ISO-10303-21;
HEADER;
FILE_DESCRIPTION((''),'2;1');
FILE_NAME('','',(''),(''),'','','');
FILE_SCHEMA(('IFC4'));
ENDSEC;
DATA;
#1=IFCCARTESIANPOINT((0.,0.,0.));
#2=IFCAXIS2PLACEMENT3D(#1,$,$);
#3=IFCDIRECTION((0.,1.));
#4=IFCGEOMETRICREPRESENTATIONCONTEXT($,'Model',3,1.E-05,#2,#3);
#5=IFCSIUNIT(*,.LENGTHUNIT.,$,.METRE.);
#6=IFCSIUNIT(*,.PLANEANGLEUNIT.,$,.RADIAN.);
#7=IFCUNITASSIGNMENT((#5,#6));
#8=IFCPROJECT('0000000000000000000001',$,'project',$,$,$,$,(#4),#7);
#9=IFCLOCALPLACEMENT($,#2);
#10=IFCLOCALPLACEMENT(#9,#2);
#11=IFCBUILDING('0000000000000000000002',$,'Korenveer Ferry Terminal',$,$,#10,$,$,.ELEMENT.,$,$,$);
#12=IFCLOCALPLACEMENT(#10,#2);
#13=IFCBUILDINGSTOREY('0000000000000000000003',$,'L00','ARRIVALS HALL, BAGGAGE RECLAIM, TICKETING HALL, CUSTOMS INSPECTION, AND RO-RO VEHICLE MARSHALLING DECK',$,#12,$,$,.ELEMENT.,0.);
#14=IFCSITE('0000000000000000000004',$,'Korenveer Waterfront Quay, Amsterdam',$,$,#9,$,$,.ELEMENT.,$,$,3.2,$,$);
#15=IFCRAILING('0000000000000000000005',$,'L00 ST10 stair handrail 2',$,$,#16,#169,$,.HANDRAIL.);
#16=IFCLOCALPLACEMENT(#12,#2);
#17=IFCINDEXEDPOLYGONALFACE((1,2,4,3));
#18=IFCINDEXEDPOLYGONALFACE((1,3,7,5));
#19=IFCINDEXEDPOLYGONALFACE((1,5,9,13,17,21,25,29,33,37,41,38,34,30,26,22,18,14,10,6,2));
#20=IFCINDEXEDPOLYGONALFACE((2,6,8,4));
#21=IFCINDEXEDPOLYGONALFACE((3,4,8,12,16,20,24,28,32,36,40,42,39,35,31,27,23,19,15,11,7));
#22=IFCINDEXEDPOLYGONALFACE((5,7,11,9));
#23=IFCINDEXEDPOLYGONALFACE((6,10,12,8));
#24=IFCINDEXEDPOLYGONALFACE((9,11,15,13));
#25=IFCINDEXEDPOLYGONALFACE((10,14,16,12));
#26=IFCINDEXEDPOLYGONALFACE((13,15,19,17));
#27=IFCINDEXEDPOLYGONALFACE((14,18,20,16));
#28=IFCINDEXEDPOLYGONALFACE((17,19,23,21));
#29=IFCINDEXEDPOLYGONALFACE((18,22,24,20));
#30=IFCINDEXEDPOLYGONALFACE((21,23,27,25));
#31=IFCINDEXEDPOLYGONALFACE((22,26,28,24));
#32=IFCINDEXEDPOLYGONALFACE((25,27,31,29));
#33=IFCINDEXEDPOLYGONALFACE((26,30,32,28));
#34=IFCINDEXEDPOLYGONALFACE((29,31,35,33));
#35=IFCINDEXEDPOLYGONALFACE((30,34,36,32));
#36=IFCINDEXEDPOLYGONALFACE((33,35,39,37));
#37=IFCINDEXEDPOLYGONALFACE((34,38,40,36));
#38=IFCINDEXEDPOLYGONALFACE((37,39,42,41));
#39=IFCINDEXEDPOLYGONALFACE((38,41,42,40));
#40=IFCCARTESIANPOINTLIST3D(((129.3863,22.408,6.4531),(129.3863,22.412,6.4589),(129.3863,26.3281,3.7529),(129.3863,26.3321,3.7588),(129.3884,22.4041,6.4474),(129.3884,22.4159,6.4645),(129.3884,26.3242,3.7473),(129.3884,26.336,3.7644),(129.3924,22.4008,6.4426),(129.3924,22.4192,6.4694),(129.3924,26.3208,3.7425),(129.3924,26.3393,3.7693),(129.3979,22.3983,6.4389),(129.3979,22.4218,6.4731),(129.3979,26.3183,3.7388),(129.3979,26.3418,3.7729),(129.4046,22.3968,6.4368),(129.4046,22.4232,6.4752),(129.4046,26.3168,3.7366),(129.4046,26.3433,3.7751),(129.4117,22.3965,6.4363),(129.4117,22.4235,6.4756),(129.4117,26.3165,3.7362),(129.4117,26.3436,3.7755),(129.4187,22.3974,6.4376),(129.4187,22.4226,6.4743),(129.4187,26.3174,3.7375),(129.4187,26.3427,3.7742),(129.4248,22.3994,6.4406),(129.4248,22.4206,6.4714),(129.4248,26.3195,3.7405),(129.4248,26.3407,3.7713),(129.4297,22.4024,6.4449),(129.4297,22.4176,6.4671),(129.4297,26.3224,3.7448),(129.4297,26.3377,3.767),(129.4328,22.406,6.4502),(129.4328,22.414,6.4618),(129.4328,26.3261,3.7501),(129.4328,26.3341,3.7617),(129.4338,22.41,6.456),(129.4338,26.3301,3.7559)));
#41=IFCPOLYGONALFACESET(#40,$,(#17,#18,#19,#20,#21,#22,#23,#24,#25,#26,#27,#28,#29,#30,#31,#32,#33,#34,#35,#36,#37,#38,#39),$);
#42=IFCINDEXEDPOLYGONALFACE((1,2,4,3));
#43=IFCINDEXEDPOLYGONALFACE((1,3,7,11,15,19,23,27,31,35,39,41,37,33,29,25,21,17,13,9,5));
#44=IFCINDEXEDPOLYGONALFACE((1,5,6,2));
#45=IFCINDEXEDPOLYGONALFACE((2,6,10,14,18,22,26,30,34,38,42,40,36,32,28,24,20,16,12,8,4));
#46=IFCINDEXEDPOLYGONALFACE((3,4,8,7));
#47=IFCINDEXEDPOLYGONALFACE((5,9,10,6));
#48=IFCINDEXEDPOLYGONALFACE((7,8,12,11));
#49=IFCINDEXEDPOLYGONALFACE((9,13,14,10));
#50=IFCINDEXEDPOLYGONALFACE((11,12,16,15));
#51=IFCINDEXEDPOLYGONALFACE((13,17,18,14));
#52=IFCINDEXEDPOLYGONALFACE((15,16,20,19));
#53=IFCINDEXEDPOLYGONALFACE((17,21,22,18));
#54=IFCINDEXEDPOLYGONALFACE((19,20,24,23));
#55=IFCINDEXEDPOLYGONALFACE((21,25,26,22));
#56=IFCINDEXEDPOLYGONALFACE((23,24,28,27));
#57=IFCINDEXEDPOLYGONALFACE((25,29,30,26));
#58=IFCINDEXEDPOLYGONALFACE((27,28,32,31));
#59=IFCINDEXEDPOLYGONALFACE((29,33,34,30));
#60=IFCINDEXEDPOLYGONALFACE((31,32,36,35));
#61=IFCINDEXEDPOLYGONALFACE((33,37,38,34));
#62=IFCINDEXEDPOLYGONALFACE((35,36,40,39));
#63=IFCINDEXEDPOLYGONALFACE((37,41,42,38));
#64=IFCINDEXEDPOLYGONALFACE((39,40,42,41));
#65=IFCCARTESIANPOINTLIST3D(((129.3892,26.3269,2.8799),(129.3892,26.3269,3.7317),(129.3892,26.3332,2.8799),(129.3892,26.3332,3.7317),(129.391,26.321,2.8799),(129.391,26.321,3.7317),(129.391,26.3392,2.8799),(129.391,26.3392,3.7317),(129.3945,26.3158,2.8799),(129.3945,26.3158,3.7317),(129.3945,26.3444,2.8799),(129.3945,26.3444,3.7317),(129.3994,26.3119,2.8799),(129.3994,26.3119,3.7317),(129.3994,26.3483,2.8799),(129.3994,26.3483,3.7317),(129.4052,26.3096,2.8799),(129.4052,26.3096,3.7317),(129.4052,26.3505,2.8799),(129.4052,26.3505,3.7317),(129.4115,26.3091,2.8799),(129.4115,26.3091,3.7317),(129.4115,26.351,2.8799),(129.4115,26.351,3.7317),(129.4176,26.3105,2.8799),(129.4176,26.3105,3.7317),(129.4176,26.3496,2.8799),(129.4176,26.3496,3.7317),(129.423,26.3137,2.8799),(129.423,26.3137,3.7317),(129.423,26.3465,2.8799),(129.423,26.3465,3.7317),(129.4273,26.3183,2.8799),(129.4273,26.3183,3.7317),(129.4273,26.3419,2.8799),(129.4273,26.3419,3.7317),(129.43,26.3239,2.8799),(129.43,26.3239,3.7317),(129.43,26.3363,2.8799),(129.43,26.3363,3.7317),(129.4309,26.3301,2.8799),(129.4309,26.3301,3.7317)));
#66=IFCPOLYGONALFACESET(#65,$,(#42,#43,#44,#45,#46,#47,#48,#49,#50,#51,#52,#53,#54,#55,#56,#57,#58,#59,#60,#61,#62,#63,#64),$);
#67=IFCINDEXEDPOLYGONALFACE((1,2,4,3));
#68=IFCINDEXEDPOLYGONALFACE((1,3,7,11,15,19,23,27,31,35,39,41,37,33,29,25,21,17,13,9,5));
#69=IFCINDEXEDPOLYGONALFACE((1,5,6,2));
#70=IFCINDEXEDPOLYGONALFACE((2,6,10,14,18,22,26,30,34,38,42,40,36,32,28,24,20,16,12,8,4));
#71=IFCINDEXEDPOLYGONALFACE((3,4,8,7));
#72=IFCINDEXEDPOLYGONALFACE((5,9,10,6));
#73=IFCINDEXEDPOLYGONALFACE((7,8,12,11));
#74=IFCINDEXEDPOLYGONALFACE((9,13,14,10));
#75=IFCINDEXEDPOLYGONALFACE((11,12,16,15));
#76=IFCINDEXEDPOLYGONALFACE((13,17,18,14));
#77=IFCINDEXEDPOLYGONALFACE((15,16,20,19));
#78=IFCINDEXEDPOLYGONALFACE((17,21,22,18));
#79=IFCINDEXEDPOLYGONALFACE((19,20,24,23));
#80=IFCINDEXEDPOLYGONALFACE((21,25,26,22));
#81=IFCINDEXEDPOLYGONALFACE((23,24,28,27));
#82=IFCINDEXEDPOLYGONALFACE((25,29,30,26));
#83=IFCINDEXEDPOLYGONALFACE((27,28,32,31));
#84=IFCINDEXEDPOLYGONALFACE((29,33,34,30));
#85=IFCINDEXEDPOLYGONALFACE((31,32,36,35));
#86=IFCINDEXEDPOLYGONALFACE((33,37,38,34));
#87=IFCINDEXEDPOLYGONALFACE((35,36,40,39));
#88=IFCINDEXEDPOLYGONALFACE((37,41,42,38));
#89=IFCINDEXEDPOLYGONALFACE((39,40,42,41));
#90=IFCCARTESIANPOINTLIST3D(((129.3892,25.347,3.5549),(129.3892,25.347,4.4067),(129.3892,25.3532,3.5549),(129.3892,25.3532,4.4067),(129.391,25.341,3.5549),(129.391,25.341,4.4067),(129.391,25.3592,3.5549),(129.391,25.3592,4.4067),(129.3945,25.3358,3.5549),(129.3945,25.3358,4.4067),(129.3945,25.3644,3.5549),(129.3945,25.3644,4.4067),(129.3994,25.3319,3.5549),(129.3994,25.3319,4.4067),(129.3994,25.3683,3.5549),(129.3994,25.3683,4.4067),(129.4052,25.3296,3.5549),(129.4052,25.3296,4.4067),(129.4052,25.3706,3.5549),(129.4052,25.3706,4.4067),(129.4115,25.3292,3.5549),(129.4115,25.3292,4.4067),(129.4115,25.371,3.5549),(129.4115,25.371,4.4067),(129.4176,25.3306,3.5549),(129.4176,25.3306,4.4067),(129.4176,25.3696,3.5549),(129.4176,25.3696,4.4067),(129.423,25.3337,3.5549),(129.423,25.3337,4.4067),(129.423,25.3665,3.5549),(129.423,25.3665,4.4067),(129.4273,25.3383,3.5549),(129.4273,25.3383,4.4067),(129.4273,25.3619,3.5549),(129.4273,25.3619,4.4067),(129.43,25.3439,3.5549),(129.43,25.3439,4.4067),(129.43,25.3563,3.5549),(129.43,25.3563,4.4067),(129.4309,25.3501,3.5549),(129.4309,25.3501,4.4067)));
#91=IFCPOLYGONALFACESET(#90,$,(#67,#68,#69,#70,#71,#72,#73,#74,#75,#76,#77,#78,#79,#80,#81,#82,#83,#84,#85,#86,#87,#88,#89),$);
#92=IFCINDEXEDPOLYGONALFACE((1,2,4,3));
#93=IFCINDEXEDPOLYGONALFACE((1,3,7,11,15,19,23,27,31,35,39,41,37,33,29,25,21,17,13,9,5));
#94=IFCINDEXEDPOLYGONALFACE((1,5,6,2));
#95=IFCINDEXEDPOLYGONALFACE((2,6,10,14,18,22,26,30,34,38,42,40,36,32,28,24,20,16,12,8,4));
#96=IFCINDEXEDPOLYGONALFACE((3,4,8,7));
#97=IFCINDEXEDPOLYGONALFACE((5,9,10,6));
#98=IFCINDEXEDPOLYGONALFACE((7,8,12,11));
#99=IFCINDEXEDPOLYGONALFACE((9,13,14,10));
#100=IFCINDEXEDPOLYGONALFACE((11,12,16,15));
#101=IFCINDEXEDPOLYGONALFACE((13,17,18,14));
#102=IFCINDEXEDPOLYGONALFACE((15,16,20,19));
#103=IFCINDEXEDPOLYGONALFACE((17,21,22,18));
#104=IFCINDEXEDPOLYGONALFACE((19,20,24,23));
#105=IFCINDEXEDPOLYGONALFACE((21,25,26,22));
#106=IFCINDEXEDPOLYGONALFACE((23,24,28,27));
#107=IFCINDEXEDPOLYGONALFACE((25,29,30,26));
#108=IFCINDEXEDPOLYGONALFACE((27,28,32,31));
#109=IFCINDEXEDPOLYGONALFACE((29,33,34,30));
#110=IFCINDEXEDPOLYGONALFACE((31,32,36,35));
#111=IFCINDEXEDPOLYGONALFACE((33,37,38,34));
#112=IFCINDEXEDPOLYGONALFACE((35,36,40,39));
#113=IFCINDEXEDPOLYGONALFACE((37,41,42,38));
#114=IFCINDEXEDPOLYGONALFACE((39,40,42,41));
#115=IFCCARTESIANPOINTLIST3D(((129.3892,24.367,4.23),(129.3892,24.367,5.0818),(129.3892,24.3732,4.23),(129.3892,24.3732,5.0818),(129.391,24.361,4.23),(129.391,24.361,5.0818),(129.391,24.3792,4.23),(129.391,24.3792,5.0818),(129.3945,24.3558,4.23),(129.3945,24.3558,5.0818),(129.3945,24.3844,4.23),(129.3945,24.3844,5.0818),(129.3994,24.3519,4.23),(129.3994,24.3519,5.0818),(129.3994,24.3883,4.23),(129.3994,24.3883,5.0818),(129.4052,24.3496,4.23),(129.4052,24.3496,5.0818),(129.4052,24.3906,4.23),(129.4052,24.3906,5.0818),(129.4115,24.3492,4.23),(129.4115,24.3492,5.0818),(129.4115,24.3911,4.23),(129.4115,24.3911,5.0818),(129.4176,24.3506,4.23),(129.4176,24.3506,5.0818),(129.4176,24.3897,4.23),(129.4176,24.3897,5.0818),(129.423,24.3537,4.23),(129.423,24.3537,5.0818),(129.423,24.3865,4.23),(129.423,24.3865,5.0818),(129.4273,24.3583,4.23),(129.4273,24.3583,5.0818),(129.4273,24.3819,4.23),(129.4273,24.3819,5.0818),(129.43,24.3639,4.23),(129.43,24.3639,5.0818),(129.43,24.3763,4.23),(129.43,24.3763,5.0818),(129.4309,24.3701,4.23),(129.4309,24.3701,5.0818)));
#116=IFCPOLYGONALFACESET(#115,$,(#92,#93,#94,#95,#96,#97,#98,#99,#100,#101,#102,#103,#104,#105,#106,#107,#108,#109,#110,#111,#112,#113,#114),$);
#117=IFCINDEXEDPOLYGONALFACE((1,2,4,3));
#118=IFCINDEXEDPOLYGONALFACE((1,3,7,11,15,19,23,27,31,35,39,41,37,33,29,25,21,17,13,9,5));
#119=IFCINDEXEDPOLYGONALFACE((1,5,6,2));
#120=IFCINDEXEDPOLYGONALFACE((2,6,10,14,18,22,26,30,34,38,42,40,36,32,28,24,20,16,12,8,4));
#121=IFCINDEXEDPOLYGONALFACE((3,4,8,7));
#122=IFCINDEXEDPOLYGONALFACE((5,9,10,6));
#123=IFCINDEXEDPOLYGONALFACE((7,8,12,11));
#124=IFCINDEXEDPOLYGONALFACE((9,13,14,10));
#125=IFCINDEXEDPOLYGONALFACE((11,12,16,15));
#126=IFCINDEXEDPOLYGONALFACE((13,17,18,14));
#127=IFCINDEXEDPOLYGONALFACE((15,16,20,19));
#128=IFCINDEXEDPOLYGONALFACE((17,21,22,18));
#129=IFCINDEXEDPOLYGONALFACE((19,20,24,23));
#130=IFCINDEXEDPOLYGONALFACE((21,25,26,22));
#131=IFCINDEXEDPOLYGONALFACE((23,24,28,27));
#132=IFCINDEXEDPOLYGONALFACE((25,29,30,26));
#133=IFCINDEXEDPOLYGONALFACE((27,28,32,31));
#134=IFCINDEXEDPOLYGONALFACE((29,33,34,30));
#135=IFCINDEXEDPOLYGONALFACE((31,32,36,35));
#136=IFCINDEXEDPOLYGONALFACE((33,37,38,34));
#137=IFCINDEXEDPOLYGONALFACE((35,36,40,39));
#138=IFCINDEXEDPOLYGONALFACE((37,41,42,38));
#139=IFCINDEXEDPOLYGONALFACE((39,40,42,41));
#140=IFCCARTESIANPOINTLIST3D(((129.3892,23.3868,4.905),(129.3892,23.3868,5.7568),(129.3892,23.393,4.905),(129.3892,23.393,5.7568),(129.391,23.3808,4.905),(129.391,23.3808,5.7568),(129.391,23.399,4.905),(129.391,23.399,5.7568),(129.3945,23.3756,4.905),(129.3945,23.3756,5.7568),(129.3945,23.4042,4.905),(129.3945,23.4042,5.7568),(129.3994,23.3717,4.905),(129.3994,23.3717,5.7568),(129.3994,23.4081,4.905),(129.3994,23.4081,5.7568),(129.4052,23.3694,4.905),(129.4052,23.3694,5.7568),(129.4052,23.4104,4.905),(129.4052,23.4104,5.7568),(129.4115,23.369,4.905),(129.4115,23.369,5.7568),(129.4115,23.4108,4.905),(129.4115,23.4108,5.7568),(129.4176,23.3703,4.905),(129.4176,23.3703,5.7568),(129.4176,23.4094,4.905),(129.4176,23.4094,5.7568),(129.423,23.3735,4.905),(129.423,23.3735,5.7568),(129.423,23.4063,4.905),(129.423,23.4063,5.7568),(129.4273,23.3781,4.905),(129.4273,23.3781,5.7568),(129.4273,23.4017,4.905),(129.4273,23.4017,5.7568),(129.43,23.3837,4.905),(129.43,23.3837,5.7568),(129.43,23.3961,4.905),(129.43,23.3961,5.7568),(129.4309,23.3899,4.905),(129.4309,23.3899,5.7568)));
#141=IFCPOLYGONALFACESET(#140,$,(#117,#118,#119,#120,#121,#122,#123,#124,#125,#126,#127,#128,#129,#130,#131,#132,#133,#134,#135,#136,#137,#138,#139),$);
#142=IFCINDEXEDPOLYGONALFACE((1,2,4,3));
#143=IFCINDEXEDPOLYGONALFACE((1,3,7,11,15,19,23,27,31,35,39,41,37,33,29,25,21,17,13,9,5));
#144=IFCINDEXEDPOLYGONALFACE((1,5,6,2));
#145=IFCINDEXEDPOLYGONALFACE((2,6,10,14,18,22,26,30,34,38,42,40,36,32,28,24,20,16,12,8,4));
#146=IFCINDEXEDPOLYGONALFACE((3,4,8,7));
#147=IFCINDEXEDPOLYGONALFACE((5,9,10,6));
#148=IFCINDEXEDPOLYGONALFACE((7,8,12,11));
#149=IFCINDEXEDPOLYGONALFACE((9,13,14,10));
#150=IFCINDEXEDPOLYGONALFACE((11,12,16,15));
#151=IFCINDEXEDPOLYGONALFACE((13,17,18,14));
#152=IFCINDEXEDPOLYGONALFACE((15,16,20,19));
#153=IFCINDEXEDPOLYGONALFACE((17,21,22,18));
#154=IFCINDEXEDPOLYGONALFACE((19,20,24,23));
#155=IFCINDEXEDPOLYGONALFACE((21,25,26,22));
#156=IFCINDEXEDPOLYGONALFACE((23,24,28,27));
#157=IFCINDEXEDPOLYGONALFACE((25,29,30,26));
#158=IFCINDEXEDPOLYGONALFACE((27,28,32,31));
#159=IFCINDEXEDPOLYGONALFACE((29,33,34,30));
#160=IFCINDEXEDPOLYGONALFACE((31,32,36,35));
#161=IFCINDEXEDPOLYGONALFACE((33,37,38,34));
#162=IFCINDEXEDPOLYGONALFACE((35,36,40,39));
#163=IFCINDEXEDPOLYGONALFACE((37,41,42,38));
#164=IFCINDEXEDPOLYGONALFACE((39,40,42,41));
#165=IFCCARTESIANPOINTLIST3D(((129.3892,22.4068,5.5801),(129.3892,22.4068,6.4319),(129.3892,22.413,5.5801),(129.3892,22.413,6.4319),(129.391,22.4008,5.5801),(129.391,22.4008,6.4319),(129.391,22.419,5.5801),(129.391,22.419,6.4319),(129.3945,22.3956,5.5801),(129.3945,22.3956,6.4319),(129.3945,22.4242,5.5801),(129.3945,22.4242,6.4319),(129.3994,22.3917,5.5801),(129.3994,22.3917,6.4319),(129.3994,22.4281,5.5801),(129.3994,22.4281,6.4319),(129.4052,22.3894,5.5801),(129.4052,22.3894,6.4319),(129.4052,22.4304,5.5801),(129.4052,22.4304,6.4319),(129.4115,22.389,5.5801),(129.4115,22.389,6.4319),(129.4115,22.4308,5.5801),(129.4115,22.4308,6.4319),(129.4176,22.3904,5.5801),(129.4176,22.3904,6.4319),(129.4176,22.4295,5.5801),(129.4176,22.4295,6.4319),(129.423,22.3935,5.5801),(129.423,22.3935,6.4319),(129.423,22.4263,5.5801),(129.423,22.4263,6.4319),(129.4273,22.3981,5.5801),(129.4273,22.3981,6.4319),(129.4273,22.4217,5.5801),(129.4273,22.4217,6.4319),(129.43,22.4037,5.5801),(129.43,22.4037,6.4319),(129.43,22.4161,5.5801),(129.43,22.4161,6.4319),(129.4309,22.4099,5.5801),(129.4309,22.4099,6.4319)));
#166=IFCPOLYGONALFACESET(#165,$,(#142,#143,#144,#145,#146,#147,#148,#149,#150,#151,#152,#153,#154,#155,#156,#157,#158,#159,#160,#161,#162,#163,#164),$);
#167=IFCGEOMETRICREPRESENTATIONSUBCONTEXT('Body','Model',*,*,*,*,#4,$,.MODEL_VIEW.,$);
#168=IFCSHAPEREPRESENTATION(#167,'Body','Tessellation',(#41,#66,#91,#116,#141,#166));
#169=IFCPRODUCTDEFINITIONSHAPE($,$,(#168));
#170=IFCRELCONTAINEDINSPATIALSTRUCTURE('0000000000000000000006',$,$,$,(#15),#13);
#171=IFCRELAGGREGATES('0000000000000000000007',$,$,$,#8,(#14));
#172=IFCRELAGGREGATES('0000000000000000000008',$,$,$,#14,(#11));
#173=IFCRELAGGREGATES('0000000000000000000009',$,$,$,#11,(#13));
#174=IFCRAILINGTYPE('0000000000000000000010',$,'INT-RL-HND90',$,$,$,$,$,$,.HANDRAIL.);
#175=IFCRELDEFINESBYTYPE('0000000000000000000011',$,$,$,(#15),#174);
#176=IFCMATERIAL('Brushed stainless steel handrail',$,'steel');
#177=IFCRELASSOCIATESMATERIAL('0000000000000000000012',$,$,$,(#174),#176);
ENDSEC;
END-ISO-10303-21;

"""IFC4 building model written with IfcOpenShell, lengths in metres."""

from ifc_helpers import new_model, si_unit, direction, frame, origin, origin_2d, place, context, subcontext, project, spatial, circle, extrude, material, type_object, element, save


model = new_model("IFC4")

# Units and contexts
model_context = context("Model", 3, precision=1e-05, world=origin(), true_north=direction((0.0, 1.0)))
body_context = subcontext(model_context, "Body", "Model", "MODEL_VIEW")
ifc_project = project(units=[si_unit("LENGTHUNIT", "METRE"), si_unit("PLANEANGLEUNIT", "RADIAN")], contexts=[model_context])

# Site, building, storey
site_placement = place(None, origin())
site = spatial("IfcSite", under=ifc_project, at=site_placement, Name="Korenveer Waterfront Quay, Amsterdam", CompositionType="ELEMENT", RefElevation=3.2)
building_placement = place(site_placement, origin())
building = spatial("IfcBuilding", under=site, at=building_placement, Name="Korenveer Ferry Terminal", CompositionType="ELEMENT")
storey_placement = place(building_placement, origin())
storey = spatial("IfcBuildingStorey", under=building, at=storey_placement, Name="L00", Description="ARRIVALS HALL, BAGGAGE RECLAIM, TICKETING HALL, CUSTOMS INSPECTION, AND RO-RO VEHICLE MARSHALLING DECK", CompositionType="ELEMENT", Elevation=0.0)

# Railing
ifc_material_1 = material(Name="Brushed stainless steel handrail", Category="steel")
railing_type_1 = type_object("IfcRailingType", Name="INT-RL-HND90", PredefinedType="HANDRAIL", material=ifc_material_1)
railing_1_placement = place(storey_placement, frame((129.4099, 26.3301, 2.8799)))
element("IfcRailing", 1, at=railing_1_placement, inside=storey, type_object=railing_type_1, Name="L00 ST10 stair handrail 2", PredefinedType="HANDRAIL", context=body_context, shape_type="SweptSolid", body=[
    extrude(circle(Radius=0.0239, at=origin_2d()), frame((0.0, 0.0, 0.876), z_axis=(0.0, -0.823543, 0.567253), x_axis=(1.0, 0.0, 0.0)), (0.0, 0.0, 1.0), 4.76),
    extrude(circle(Radius=0.021, at=origin_2d()), origin(), (0.0, 0.0, 1.0), 0.8518),
    extrude(circle(Radius=0.021, at=origin_2d()), frame((0.0, -0.98, 0.675)), (0.0, 0.0, 1.0), 0.8518),
    extrude(circle(Radius=0.021, at=origin_2d()), frame((0.0, -1.96, 1.3501)), (0.0, 0.0, 1.0), 0.8518),
    extrude(circle(Radius=0.021, at=origin_2d()), frame((0.0, -2.9402, 2.0251)), (0.0, 0.0, 1.0), 0.8518),
    extrude(circle(Radius=0.021, at=origin_2d()), frame((0.0, -3.9202, 2.7002)), (0.0, 0.0, 1.0), 0.8518),
])

save(model, "model.ifc")
